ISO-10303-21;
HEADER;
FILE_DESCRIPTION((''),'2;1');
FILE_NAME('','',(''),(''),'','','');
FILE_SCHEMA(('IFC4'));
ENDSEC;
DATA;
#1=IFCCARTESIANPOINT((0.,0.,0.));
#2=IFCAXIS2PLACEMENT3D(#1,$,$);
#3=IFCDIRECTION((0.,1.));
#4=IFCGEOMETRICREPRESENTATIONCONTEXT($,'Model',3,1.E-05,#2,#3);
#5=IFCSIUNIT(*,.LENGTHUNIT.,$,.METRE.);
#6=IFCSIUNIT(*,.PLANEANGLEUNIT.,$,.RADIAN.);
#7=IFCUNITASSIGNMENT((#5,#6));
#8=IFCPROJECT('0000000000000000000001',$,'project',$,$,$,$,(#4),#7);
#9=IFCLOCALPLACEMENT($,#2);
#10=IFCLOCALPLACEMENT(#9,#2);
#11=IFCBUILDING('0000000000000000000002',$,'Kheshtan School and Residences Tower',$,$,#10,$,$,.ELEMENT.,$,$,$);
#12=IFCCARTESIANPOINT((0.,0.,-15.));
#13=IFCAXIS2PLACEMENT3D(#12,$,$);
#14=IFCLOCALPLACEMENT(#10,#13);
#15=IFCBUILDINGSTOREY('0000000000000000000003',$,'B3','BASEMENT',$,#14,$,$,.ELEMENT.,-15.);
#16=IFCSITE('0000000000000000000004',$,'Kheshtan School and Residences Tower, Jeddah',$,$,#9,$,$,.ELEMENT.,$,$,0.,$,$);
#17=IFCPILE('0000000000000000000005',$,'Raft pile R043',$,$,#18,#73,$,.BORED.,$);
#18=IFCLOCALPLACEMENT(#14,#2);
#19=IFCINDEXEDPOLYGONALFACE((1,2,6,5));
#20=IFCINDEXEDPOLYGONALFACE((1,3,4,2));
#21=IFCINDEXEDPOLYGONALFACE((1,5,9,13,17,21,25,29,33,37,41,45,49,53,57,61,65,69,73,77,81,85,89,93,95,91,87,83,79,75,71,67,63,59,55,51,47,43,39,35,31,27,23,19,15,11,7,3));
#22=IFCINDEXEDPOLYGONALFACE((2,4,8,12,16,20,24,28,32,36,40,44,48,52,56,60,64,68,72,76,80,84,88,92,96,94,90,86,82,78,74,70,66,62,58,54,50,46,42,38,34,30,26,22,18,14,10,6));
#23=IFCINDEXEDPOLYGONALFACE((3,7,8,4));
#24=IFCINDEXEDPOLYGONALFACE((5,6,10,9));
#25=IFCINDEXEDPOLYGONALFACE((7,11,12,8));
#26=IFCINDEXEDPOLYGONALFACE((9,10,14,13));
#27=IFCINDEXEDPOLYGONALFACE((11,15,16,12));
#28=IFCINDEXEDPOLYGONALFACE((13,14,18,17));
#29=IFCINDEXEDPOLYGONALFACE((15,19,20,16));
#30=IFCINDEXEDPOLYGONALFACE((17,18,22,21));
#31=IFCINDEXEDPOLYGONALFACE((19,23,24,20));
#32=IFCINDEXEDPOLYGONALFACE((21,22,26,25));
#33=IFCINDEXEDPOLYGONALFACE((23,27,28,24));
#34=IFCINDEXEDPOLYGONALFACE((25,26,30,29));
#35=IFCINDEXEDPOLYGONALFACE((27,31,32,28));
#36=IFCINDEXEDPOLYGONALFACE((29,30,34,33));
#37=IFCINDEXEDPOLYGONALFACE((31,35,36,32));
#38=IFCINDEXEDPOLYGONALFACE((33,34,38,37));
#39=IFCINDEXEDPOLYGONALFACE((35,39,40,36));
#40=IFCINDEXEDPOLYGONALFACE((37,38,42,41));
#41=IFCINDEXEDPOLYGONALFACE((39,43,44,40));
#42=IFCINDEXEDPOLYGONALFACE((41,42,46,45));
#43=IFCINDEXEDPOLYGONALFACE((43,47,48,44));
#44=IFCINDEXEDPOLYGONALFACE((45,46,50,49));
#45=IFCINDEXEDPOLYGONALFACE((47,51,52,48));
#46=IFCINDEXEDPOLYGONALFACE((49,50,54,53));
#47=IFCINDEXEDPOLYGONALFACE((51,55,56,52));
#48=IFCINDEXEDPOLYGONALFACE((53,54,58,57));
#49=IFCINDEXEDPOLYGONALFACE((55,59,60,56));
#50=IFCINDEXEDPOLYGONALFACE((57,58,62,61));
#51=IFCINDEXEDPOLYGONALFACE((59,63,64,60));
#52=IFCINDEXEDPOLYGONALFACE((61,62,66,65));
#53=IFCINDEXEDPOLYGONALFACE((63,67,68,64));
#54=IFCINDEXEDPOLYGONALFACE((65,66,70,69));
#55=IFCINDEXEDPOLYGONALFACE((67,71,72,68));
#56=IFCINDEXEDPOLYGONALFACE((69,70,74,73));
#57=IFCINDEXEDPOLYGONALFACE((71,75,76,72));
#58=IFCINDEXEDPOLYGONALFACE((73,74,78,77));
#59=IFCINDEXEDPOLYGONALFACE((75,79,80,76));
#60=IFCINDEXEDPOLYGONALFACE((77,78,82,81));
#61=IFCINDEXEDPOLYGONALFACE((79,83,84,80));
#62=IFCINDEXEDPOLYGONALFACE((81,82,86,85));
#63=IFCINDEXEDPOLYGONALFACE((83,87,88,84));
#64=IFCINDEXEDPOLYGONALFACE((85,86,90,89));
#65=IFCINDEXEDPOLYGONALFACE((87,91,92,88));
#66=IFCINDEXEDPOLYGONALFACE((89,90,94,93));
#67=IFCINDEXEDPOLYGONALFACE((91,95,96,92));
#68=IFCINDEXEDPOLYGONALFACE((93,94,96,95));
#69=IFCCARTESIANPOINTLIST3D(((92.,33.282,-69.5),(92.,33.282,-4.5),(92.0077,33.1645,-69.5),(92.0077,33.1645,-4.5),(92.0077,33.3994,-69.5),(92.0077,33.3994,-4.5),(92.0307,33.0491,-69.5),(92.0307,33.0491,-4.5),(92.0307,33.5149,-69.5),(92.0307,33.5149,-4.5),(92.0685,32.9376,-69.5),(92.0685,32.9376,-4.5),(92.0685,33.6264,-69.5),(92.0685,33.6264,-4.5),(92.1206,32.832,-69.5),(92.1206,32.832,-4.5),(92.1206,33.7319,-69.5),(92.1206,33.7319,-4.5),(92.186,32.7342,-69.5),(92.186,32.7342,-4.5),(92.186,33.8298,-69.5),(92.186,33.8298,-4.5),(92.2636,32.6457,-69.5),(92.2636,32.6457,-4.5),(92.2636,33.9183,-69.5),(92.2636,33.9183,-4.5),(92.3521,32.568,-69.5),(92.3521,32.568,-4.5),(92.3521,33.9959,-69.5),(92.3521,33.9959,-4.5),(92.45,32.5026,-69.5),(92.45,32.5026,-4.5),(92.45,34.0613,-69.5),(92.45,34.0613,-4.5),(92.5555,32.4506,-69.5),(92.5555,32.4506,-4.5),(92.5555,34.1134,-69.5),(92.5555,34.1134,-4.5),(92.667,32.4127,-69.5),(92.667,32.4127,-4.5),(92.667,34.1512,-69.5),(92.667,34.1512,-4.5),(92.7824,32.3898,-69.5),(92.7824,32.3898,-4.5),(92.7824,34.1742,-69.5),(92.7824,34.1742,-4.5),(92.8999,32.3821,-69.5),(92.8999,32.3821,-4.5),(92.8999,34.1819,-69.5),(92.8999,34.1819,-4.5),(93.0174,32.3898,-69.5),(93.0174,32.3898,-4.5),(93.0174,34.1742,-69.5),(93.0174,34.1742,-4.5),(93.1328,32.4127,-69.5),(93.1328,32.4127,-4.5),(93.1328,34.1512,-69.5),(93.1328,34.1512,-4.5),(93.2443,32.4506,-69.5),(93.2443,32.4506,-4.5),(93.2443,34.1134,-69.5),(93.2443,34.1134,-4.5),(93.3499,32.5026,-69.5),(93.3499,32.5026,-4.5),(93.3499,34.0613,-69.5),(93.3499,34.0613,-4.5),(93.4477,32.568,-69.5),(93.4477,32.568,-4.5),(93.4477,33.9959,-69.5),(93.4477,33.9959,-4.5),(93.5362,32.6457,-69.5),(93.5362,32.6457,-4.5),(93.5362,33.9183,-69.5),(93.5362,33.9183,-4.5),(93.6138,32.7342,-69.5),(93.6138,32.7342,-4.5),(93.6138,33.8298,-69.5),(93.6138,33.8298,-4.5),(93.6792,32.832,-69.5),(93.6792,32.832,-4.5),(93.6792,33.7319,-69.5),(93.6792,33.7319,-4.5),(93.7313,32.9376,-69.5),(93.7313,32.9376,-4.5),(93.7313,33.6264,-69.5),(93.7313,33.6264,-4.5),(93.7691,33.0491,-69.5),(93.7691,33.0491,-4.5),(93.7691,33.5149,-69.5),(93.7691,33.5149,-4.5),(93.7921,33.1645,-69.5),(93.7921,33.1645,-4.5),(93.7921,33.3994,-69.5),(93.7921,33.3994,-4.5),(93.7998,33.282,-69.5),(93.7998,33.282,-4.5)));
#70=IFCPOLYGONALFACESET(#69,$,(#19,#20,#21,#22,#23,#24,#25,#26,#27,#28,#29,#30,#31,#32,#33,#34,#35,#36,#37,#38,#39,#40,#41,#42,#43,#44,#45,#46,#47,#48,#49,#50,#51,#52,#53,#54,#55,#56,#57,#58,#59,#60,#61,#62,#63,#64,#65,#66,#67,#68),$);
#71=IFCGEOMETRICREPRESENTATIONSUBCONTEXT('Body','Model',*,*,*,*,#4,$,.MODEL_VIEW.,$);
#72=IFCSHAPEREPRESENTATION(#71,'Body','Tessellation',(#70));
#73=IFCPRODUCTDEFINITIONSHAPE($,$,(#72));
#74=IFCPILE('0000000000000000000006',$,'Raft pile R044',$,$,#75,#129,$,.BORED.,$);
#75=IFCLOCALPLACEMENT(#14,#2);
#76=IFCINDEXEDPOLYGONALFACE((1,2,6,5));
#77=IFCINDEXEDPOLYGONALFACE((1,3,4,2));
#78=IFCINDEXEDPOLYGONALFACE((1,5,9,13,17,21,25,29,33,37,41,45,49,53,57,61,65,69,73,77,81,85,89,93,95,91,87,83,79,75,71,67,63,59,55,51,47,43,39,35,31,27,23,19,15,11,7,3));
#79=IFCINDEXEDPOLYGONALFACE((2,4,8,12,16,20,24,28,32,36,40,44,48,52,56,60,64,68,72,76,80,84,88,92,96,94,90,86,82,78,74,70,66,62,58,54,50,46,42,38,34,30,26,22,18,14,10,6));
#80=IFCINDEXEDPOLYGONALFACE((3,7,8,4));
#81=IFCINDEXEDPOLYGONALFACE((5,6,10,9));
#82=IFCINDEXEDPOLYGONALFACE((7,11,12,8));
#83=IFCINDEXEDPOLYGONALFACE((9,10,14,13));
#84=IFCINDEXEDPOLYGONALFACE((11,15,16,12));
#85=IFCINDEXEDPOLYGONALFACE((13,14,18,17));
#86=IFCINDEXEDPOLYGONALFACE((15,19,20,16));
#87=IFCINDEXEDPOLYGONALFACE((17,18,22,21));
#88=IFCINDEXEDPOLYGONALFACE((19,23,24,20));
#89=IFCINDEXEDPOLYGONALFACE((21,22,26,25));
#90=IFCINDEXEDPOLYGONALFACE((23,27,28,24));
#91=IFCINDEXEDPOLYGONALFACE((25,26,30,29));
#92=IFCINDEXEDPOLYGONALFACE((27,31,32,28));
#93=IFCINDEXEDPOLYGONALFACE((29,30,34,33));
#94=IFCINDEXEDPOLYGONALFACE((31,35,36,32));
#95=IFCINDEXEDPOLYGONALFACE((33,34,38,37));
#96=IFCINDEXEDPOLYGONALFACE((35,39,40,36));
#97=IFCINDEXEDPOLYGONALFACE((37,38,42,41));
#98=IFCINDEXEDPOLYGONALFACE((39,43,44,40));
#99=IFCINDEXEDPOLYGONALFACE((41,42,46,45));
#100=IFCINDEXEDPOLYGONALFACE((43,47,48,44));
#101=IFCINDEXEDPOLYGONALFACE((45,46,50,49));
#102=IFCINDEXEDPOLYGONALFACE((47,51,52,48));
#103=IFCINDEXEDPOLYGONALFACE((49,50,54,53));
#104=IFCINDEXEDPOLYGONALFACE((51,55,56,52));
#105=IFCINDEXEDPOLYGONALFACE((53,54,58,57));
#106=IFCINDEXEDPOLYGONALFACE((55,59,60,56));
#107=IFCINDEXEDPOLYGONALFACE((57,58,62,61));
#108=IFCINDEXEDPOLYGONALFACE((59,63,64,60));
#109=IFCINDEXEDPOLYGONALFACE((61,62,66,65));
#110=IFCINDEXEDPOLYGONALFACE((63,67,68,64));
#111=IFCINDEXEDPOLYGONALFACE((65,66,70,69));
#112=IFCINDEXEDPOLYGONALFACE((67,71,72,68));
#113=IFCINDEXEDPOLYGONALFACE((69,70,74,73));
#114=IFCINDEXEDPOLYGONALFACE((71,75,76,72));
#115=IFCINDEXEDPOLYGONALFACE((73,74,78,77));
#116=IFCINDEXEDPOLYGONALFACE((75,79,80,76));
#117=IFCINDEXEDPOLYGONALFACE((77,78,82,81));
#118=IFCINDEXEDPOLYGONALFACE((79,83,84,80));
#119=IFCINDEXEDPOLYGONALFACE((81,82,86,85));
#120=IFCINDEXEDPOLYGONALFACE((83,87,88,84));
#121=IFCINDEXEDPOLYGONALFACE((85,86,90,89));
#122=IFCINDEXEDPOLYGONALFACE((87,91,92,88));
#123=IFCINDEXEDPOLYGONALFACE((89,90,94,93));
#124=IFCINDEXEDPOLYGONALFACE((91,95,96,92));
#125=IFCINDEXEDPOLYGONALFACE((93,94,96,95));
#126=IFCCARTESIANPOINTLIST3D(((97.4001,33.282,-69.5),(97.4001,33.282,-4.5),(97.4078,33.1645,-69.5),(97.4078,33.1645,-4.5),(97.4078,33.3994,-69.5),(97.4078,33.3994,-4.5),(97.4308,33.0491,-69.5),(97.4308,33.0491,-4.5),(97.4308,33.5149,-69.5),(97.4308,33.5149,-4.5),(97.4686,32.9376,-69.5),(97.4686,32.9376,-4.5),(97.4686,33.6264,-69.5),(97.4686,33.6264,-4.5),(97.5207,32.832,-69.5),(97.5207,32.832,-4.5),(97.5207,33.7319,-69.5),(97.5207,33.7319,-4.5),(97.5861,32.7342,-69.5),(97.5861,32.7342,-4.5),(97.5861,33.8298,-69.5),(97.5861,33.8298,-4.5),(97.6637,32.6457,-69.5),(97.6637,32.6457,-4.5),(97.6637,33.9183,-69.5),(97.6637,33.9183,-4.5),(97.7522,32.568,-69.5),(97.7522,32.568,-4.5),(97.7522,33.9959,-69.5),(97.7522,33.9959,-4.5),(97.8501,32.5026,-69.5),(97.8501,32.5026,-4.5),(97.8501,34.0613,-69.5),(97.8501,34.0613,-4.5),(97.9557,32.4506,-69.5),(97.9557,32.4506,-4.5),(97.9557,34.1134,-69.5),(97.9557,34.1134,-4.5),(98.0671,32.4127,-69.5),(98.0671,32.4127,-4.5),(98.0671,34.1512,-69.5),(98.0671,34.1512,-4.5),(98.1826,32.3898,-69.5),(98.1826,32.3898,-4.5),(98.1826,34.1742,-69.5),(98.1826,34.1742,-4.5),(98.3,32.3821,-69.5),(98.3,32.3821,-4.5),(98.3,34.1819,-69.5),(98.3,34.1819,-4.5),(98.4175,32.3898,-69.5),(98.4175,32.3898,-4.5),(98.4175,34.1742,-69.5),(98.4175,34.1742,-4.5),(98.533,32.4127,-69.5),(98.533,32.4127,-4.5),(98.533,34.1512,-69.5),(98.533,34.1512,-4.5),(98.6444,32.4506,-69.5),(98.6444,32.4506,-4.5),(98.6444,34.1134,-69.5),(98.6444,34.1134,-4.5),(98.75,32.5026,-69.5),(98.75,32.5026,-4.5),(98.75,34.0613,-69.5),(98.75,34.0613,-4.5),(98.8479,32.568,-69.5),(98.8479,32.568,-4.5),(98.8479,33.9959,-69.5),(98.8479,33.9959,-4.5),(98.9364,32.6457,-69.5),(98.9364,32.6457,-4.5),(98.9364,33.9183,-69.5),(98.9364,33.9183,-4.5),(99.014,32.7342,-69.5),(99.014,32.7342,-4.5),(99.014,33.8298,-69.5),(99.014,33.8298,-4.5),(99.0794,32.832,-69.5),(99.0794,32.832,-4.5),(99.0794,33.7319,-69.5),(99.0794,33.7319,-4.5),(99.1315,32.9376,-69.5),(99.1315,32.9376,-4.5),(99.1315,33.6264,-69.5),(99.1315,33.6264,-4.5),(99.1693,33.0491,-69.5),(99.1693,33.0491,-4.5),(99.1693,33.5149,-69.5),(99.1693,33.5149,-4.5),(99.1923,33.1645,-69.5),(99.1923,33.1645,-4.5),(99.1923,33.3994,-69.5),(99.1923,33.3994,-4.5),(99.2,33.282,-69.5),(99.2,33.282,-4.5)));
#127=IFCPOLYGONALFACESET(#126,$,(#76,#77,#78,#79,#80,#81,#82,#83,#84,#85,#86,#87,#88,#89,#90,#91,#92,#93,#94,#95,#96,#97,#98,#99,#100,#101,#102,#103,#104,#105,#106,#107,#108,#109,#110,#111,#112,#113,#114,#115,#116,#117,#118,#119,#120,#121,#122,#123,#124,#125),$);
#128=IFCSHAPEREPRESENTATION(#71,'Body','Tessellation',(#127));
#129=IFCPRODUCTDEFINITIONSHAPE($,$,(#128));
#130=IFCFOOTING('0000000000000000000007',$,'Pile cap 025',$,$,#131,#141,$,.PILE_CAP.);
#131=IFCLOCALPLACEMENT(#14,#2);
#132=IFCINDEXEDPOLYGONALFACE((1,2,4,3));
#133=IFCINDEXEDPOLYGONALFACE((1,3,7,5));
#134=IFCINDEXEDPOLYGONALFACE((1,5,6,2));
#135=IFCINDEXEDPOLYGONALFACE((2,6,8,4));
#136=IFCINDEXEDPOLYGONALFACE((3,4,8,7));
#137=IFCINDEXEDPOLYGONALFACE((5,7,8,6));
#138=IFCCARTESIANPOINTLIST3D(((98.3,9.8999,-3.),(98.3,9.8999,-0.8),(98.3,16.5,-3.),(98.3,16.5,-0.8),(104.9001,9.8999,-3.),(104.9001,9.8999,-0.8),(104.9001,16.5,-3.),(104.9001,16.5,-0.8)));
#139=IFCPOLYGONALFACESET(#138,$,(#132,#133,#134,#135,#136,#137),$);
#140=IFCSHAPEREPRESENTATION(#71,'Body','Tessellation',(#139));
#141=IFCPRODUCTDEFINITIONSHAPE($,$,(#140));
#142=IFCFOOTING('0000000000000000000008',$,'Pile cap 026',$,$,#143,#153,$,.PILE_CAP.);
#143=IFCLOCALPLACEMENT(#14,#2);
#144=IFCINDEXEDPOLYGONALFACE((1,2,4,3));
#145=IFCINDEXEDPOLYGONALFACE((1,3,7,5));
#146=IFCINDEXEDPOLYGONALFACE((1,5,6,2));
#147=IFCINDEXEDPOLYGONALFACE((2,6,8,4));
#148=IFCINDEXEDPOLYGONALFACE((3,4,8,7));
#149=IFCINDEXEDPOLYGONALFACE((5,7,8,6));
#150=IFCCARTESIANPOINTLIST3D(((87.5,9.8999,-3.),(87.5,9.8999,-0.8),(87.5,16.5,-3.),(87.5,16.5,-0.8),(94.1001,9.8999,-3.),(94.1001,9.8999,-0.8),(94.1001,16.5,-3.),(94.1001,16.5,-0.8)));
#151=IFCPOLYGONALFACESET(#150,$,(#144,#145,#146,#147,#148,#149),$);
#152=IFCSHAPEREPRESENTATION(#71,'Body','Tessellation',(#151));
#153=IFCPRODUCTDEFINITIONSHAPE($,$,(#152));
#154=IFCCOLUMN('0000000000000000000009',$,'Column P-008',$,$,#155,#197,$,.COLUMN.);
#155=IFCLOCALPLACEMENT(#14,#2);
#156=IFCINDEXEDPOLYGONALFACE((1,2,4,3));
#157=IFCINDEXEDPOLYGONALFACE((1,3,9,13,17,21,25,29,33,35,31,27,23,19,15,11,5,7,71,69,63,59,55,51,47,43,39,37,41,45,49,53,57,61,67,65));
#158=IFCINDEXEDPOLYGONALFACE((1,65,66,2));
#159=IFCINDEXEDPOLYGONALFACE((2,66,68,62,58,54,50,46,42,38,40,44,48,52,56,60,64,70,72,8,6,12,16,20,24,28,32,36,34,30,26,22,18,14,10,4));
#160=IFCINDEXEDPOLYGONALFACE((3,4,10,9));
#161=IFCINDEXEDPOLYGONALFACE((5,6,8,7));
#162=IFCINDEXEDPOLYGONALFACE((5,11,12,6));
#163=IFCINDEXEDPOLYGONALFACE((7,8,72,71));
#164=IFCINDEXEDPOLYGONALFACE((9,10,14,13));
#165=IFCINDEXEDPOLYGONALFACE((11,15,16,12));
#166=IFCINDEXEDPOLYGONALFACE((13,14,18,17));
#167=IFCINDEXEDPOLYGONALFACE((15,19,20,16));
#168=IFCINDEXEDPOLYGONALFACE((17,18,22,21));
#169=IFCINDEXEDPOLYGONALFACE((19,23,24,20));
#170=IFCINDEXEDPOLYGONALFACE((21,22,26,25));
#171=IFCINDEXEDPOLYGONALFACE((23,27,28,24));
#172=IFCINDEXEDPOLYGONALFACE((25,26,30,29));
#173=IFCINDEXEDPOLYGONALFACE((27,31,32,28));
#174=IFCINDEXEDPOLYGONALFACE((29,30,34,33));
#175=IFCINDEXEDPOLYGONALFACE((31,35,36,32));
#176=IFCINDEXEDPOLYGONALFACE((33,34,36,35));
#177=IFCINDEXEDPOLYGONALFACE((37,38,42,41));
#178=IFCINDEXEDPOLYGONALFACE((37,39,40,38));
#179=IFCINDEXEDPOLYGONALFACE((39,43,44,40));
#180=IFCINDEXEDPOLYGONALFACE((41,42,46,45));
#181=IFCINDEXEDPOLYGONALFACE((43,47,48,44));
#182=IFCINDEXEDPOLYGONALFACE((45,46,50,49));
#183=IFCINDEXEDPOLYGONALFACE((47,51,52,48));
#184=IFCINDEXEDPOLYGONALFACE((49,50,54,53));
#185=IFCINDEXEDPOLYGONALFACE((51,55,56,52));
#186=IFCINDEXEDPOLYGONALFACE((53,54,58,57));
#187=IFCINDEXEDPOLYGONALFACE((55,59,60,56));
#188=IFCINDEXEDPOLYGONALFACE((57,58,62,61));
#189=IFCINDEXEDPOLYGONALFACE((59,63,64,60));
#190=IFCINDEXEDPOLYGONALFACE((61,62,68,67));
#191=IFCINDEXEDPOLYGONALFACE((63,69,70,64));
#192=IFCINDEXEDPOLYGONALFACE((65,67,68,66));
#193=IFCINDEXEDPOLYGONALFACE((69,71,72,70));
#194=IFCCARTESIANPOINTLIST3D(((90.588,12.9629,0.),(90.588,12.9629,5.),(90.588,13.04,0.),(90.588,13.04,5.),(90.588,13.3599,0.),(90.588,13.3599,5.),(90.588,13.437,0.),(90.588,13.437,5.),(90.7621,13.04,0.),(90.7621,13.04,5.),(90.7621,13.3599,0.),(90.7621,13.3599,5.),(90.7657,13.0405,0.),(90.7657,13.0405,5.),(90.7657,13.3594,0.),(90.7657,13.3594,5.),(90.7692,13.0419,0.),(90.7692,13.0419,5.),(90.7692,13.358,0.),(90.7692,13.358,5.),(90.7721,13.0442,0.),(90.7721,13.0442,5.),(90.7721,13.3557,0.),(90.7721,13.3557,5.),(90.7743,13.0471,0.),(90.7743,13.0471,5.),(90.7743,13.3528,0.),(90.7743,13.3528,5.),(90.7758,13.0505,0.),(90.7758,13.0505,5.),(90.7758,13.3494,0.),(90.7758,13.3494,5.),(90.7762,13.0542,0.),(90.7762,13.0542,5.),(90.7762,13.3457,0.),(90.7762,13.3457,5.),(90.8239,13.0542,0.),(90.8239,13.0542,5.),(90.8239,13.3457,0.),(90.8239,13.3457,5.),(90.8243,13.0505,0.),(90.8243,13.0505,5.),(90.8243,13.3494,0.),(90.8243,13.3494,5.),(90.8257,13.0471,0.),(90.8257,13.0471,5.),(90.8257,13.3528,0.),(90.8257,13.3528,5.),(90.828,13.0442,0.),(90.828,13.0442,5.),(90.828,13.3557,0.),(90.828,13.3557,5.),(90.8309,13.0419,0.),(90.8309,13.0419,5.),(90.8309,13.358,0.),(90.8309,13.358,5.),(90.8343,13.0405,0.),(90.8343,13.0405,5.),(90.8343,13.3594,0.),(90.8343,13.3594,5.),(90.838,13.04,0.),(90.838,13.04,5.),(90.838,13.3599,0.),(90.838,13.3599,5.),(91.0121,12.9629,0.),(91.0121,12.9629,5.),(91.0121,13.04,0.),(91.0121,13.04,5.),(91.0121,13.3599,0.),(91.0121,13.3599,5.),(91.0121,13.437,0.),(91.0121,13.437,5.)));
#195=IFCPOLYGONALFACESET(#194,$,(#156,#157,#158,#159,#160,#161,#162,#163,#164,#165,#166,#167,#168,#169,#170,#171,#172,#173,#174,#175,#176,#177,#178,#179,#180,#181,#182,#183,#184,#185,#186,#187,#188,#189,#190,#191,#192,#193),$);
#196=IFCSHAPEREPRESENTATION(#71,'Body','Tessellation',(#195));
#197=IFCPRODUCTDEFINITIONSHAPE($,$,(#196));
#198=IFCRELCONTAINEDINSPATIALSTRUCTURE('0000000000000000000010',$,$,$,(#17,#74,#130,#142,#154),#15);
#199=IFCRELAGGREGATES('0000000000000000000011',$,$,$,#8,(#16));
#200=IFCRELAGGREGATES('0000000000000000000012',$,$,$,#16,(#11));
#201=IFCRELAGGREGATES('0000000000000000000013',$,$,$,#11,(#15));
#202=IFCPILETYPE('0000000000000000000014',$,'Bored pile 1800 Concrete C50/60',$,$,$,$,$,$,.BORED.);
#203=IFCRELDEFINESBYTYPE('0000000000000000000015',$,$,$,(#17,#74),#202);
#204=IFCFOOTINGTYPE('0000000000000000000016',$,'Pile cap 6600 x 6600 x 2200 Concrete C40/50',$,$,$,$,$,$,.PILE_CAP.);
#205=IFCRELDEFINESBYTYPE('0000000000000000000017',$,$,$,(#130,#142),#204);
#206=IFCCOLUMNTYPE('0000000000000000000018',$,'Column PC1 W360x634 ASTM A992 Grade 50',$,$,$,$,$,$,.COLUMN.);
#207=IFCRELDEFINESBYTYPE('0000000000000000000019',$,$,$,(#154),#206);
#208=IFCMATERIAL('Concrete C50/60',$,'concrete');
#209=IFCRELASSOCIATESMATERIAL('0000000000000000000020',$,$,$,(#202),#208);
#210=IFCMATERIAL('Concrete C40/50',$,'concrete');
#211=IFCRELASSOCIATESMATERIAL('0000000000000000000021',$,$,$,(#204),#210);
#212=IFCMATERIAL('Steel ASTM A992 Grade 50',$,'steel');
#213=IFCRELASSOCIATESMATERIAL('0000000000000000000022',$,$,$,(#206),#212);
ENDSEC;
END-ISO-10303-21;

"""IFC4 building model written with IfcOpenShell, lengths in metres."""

from ifc_helpers import new_model, si_unit, direction, frame, origin, origin_2d, place, context, subcontext, project, spatial, rectangle, circle, i_section, extrude, material, material_profile, profile_set, type_object, element, save


model = new_model("IFC4")

# Units and contexts
model_context = context("Model", 3, precision=1e-05, world=origin(), true_north=direction((0.0, 1.0)))
body_context = subcontext(model_context, "Body", "Model", "MODEL_VIEW")
ifc_project = project(units=[si_unit("LENGTHUNIT", "METRE"), si_unit("PLANEANGLEUNIT", "RADIAN")], contexts=[model_context])

# Site, building, storey
site_placement = place(None, origin())
site = spatial("IfcSite", under=ifc_project, at=site_placement, Name="Kheshtan School and Residences Tower, Jeddah", CompositionType="ELEMENT", RefElevation=0.0)
building_placement = place(site_placement, origin())
building = spatial("IfcBuilding", under=site, at=building_placement, Name="Kheshtan School and Residences Tower", CompositionType="ELEMENT")
storey_placement = place(building_placement, frame((0.0, 0.0, -15.0)))
storey = spatial("IfcBuildingStorey", under=building, at=storey_placement, Name="B3", Description="BASEMENT", CompositionType="ELEMENT", Elevation=-15.0)

# Piles
ifc_material_1 = material(Name="Concrete C50/60", Category="concrete")
ifc_material_profile_1 = material_profile(ifc_material_1, circle(Radius=0.8999, at=origin_2d()), Name="BP 1800")
ifc_profile_set_1 = profile_set([ifc_material_profile_1], Name="Concrete C50/60")
pile_type_1 = type_object("IfcPileType", Name="Bored pile 1800 Concrete C50/60", PredefinedType="BORED", material=ifc_profile_set_1)
for number, where, z_axis, x_axis, name in (
    (1, (92.8999, 33.282, -4.5), (0.0, 0.0, -1.0), (1.0, 0.0, 0.0), "Raft pile R043"),
    (2, (98.3, 33.282, -4.5), (0.0, 0.0, -1.0), (1.0, 0.0, 0.0), "Raft pile R044"),
):
    element("IfcPile", number, at=place(storey_placement, frame(where, z_axis=z_axis, x_axis=x_axis)), inside=storey, type_object=pile_type_1, Name=name, PredefinedType="BORED", context=body_context, shape_type="SweptSolid", body=[
        extrude(circle(Radius=0.8999, at=origin_2d()), origin(), (0.0, 0.0, 1.0), 65.0),
    ])

# Footings
ifc_material_2 = material(Name="Concrete C40/50", Category="concrete")
footing_type = type_object("IfcFootingType", Name="Pile cap 6600 x 6600 x 2200 Concrete C40/50", PredefinedType="PILE_CAP", material=ifc_material_2)
for number, where, z_axis, x_axis, name in (
    (3, (101.6001, 13.2, -3.0), (0.0, 0.0, 1.0), (1.0, 0.0, 0.0), "Pile cap 025"),
    (4, (90.8, 13.2, -3.0), (0.0, 0.0, 1.0), (1.0, 0.0, 0.0), "Pile cap 026"),
):
    element("IfcFooting", number, at=place(storey_placement, frame(where, z_axis=z_axis, x_axis=x_axis)), inside=storey, type_object=footing_type, Name=name, PredefinedType="PILE_CAP", context=body_context, shape_type="SweptSolid", body=[
        extrude(rectangle(XDim=6.6001, YDim=6.6001, at=origin_2d()), origin(), (0.0, 0.0, 1.0), 2.2),
    ])

# Column
ifc_material_3 = material(Name="Steel ASTM A992 Grade 50", Category="steel")
ifc_material_profile_2 = material_profile(ifc_material_3, i_section(OverallWidth=0.4241, OverallDepth=0.4741, WebThickness=0.0476, FlangeThickness=0.0771, FilletRadius=0.0142, at=origin_2d()), Name="W360x634")
ifc_profile_set_2 = profile_set([ifc_material_profile_2], Name="Steel ASTM A992 Grade 50")
column_type = type_object("IfcColumnType", Name="Column PC1 W360x634 ASTM A992 Grade 50", PredefinedType="COLUMN", material=ifc_profile_set_2)
for number, where, z_axis, x_axis, name in (
    (5, (90.8, 13.2, 0.0), (0.0, 0.0, 1.0), (1.0, 0.0, 0.0), "Column P-008"),
):
    element("IfcColumn", number, at=place(storey_placement, frame(where, z_axis=z_axis, x_axis=x_axis)), inside=storey, type_object=column_type, Name=name, PredefinedType="COLUMN", context=body_context, shape_type="SweptSolid", body=[
        extrude(i_section(OverallWidth=0.4241, OverallDepth=0.4741, WebThickness=0.0476, FlangeThickness=0.0771, FilletRadius=0.0142, at=origin_2d()), origin(), (0.0, 0.0, 1.0), 5.0),
    ])

save(model, "model.ifc")
